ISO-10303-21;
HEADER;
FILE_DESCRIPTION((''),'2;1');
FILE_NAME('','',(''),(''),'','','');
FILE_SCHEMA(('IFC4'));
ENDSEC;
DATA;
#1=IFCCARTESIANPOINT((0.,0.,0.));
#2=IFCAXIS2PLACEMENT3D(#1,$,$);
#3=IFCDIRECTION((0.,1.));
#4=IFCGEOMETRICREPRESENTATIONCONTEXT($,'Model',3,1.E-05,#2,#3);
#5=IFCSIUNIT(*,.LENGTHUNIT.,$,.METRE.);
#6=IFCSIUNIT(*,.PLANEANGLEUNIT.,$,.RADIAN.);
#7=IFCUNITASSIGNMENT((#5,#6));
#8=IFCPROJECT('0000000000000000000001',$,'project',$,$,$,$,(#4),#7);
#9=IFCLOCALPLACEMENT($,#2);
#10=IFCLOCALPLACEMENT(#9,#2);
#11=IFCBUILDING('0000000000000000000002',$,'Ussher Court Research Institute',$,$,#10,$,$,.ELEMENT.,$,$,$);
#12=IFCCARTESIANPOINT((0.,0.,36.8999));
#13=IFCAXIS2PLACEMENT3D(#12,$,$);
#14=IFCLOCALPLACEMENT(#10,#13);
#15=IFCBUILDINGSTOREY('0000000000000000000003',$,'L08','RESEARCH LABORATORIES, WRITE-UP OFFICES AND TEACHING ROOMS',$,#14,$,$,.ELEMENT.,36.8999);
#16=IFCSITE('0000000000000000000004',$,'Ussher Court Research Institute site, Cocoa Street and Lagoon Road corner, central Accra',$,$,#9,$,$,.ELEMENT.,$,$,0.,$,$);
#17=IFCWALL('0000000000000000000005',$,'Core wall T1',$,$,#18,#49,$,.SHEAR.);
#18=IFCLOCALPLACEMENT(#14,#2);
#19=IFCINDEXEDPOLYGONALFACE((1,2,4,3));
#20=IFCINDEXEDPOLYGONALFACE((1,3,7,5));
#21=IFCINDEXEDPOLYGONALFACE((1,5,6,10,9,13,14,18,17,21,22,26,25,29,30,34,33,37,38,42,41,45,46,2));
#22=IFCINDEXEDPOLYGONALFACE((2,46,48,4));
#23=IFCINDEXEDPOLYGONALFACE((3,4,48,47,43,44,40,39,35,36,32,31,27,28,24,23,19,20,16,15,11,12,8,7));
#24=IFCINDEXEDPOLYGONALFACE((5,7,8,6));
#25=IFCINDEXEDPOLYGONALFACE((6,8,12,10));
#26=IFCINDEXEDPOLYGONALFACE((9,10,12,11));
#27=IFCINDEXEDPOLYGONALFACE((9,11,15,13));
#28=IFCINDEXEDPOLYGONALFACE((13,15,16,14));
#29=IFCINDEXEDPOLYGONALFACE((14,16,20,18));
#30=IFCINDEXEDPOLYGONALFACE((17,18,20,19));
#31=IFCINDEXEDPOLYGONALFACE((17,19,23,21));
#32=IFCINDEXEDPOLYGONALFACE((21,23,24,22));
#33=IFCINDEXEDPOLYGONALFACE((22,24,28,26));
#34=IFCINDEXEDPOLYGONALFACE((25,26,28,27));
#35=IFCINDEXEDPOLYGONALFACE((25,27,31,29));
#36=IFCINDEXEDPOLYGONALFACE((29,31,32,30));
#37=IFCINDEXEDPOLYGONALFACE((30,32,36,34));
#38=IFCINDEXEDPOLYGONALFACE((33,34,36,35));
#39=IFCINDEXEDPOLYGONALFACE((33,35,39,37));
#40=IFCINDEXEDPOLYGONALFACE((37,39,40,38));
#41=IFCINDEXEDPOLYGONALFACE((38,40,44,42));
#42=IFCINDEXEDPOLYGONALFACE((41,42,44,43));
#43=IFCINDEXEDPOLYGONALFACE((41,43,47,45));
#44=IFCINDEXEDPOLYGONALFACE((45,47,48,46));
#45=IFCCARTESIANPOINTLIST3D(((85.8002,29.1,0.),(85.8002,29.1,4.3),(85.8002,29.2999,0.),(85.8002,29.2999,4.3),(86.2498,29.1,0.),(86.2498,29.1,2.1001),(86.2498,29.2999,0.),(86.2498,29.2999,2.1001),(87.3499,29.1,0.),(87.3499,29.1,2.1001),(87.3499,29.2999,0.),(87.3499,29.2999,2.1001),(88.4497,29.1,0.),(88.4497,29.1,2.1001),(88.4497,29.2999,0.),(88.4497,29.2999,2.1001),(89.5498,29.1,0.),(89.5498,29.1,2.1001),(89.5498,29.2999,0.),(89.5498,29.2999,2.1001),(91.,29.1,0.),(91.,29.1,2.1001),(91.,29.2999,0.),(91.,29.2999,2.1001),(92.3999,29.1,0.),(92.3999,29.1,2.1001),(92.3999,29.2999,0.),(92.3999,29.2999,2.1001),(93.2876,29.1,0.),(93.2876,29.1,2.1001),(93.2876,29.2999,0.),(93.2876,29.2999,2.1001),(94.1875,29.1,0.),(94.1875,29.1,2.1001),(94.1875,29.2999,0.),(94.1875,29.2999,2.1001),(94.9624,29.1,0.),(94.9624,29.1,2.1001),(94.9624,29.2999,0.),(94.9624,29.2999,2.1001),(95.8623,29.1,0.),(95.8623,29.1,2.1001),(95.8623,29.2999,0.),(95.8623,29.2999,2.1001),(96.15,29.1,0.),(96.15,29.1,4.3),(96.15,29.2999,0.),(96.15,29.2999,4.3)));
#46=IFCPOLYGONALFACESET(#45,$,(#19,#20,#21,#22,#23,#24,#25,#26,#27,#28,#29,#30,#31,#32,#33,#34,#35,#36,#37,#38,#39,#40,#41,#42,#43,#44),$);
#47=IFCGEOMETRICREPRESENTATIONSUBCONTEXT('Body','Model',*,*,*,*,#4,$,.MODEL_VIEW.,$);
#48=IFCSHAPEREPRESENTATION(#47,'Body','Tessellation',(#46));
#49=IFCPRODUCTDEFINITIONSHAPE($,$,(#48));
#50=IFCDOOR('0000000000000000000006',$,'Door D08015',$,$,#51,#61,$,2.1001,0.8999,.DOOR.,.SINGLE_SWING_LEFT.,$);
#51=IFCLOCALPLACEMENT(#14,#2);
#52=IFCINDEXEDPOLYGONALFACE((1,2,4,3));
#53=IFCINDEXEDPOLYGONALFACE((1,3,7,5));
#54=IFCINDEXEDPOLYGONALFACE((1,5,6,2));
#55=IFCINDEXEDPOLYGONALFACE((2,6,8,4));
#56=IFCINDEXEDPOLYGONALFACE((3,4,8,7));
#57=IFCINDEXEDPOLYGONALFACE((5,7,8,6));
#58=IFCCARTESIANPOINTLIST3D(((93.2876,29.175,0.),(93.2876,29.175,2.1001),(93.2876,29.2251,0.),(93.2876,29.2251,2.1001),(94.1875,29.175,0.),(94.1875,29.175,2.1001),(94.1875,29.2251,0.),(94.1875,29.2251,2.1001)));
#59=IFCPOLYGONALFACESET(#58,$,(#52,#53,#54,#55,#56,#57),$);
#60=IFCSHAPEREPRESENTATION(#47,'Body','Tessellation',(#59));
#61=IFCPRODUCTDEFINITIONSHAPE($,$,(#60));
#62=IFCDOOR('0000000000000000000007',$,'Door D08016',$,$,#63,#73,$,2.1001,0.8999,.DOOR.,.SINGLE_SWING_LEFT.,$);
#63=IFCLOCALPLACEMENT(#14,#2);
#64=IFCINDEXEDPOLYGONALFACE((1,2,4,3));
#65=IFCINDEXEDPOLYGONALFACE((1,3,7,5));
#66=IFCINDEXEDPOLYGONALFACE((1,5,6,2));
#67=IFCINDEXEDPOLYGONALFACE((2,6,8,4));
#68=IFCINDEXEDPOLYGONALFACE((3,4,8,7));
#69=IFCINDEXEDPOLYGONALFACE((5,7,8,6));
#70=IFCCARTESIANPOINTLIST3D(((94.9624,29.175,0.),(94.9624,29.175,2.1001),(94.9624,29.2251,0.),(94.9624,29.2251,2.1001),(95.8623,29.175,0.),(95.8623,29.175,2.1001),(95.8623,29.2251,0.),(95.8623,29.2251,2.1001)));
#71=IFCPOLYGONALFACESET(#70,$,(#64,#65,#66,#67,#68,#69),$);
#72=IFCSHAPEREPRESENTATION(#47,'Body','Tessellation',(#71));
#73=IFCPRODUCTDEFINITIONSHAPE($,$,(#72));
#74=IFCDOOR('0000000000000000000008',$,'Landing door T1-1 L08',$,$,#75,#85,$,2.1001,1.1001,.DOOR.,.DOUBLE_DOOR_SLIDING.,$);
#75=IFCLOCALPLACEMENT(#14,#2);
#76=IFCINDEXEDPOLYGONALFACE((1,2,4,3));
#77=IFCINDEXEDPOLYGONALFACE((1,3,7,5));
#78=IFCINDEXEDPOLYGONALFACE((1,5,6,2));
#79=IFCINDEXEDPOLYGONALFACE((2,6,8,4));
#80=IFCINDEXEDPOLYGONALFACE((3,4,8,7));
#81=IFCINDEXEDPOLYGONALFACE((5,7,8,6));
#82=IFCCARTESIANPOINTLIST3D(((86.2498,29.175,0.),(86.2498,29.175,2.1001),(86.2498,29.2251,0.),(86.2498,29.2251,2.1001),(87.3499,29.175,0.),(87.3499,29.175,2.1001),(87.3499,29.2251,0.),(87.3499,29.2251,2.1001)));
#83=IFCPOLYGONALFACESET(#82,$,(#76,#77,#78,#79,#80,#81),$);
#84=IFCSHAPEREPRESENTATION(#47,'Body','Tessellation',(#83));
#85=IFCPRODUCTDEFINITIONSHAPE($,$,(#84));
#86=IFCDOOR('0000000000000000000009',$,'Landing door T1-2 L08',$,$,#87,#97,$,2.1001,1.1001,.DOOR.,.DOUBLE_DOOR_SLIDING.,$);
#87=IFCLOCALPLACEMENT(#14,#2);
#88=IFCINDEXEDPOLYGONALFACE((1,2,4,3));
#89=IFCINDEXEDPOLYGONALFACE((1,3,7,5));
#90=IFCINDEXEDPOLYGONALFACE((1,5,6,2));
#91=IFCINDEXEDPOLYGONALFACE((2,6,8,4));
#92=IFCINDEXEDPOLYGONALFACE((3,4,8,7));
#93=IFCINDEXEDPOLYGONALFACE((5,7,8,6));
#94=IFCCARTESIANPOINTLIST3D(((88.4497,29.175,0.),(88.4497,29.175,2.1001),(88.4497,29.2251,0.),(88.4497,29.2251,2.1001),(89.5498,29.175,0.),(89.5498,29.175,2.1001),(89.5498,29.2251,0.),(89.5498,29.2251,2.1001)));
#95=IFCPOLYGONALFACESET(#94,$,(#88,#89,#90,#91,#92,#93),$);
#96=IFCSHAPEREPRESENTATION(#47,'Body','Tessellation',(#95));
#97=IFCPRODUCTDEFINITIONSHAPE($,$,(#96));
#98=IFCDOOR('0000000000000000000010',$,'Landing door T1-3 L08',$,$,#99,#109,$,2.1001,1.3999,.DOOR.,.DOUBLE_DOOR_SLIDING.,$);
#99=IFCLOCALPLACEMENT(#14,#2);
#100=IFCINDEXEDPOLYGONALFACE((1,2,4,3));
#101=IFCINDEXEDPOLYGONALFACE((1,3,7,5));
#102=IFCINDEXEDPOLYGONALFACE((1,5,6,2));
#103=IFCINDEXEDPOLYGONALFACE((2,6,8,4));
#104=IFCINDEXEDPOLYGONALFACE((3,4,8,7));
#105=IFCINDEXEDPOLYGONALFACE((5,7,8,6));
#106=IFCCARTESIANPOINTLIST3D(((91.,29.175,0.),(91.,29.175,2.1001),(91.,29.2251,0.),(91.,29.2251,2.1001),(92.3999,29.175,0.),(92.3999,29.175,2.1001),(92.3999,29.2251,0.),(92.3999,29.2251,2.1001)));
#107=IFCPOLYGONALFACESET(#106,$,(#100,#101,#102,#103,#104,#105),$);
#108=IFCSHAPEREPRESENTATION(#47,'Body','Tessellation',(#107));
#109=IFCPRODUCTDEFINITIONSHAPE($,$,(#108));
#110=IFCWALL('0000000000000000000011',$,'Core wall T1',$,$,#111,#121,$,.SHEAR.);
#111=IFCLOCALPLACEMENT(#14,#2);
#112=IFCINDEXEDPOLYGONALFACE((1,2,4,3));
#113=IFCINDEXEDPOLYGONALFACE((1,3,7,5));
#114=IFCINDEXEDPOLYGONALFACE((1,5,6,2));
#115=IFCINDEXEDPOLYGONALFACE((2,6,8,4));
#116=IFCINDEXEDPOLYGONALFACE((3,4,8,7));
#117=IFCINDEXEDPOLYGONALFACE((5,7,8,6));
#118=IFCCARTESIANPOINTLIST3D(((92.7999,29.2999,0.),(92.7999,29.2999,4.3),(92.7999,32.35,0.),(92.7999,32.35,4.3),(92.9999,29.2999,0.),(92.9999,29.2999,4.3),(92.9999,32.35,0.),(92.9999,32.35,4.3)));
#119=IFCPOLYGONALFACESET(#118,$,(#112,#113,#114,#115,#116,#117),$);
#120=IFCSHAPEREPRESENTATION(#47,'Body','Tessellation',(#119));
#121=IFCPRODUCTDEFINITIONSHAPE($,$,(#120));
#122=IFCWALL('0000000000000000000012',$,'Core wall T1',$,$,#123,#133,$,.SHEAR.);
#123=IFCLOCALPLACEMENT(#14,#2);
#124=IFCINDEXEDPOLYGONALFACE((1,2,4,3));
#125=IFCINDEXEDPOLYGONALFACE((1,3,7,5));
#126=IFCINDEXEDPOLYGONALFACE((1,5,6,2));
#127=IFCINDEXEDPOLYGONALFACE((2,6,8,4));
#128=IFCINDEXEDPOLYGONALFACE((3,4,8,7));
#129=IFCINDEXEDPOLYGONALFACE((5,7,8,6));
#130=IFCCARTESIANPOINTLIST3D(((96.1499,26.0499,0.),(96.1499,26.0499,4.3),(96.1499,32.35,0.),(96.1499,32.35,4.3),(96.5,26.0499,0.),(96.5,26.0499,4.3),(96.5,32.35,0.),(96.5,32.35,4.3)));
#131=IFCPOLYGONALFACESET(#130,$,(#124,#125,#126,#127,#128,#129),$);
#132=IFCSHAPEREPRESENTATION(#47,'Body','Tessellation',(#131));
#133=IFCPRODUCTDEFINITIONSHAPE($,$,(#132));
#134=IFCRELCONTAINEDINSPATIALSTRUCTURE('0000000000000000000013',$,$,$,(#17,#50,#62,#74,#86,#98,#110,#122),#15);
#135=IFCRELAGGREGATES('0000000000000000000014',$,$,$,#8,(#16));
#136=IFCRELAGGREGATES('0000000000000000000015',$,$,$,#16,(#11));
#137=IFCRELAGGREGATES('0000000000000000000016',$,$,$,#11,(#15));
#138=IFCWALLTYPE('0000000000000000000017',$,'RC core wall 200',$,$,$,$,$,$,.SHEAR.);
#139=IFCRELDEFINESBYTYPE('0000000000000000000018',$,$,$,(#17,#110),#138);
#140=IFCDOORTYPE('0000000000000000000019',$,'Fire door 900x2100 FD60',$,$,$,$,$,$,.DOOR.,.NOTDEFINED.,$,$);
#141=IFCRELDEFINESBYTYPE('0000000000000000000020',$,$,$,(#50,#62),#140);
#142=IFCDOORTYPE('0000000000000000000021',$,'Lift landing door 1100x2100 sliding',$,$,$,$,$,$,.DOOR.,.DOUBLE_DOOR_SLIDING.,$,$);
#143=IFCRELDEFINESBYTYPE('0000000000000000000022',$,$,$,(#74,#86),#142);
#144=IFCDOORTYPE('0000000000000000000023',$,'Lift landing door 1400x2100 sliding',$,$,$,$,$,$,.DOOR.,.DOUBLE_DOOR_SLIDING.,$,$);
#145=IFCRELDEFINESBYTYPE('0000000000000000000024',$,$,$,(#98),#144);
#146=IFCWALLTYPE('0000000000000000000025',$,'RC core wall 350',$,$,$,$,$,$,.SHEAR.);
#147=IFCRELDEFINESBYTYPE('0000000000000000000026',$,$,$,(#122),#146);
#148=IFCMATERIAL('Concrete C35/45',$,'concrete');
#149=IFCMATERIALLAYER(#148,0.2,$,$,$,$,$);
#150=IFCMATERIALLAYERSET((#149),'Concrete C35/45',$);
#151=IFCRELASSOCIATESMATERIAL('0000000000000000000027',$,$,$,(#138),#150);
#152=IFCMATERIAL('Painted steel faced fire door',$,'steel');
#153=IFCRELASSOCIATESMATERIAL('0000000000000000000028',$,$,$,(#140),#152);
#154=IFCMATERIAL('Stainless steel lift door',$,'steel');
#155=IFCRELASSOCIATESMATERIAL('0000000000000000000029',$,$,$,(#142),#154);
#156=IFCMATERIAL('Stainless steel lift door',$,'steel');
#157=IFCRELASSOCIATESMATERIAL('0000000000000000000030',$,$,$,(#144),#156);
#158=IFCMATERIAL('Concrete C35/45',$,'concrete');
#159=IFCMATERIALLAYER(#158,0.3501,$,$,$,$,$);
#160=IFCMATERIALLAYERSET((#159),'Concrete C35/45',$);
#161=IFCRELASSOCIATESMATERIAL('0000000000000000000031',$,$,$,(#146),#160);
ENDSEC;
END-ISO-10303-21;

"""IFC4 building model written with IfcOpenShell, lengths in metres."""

from ifc_helpers import new_model, si_unit, direction, frame, frame_2d, origin, place, context, subcontext, project, spatial, rectangle, extrude, material, layer, layer_set, type_object, element, fill, save


model = new_model("IFC4")

# Units and contexts
model_context = context("Model", 3, precision=1e-05, world=origin(), true_north=direction((0.0, 1.0)))
body_context = subcontext(model_context, "Body", "Model", "MODEL_VIEW")
ifc_project = project(units=[si_unit("LENGTHUNIT", "METRE"), si_unit("PLANEANGLEUNIT", "RADIAN")], contexts=[model_context])

# Site, building, storey
site_placement = place(None, origin())
site = spatial("IfcSite", under=ifc_project, at=site_placement, Name="Ussher Court Research Institute site, Cocoa Street and Lagoon Road corner, central Accra", CompositionType="ELEMENT", RefElevation=0.0)
building_placement = place(site_placement, origin())
building = spatial("IfcBuilding", under=site, at=building_placement, Name="Ussher Court Research Institute", CompositionType="ELEMENT")
storey_placement = place(building_placement, frame((0.0, 0.0, 36.8999)))
storey = spatial("IfcBuildingStorey", under=building, at=storey_placement, Name="L08", Description="RESEARCH LABORATORIES, WRITE-UP OFFICES AND TEACHING ROOMS", CompositionType="ELEMENT", Elevation=36.8999)

# Shared definitions
ifc_material_1 = material(Name="Concrete C35/45", Category="concrete")
ifc_layer_1 = layer(ifc_material_1, 0.2)
ifc_layer_set_1 = layer_set([ifc_layer_1], Name="Concrete C35/45")
wall_type_1 = type_object("IfcWallType", Name="RC core wall 200", PredefinedType="SHEAR", material=ifc_layer_set_1)

# Wall, openings, doors
wall_1_placement = place(storey_placement, frame((96.1499, 29.2, 0.0), z_axis=(0.0, 0.0, 1.0), x_axis=(-1.0, 0.0, 0.0)))
wall_1 = element("IfcWall", 1, at=wall_1_placement, inside=storey, type_object=wall_type_1, Name="Core wall T1", PredefinedType="SHEAR", context=body_context, shape_type="SweptSolid", body=[
    extrude(rectangle(XDim=10.3499, YDim=0.2, at=frame_2d((5.1748, 0.0))), origin(), (0.0, 0.0, 1.0), 4.3),
])
opening_1_placement = place(wall_1_placement, frame((8.8, 0.0, 0.0)))
opening_1 = element("IfcOpeningElement", 2, at=opening_1_placement, cuts=wall_1, PredefinedType="OPENING", context=body_context, shape_type="SweptSolid", body=[
    extrude(rectangle(XDim=1.1001, YDim=2.1001, at=frame_2d((0.55, 1.05))), frame((0.0, 0.1099, 0.0), z_axis=(0.0, -1.0, 0.0), x_axis=(1.0, 0.0, 0.0)), (0.0, 0.0, 1.0), 0.22),
])
opening_2_placement = place(wall_1_placement, frame((6.6001, 0.0, 0.0)))
opening_2 = element("IfcOpeningElement", 3, at=opening_2_placement, cuts=wall_1, PredefinedType="OPENING", context=body_context, shape_type="SweptSolid", body=[
    extrude(rectangle(XDim=1.1001, YDim=2.1001, at=frame_2d((0.55, 1.05))), frame((0.0, 0.1099, 0.0), z_axis=(0.0, -1.0, 0.0), x_axis=(1.0, 0.0, 0.0)), (0.0, 0.0, 1.0), 0.22),
])
opening_3_placement = place(wall_1_placement, frame((3.75, 0.0, 0.0)))
opening_3 = element("IfcOpeningElement", 4, at=opening_3_placement, cuts=wall_1, PredefinedType="OPENING", context=body_context, shape_type="SweptSolid", body=[
    extrude(rectangle(XDim=1.3999, YDim=2.1001, at=frame_2d((0.7, 1.05))), frame((0.0, 0.1099, 0.0), z_axis=(0.0, -1.0, 0.0), x_axis=(1.0, 0.0, 0.0)), (0.0, 0.0, 1.0), 0.22),
])
opening_4_placement = place(wall_1_placement, frame((1.9624, 0.0, 0.0)))
opening_4 = element("IfcOpeningElement", 5, at=opening_4_placement, cuts=wall_1, PredefinedType="OPENING", context=body_context, shape_type="SweptSolid", body=[
    extrude(rectangle(XDim=0.8999, YDim=2.1001, at=frame_2d((0.45, 1.05))), frame((0.0, 0.1099, 0.0), z_axis=(0.0, -1.0, 0.0), x_axis=(1.0, 0.0, 0.0)), (0.0, 0.0, 1.0), 0.22),
])
opening_5_placement = place(wall_1_placement, frame((0.2876, 0.0, 0.0)))
opening_5 = element("IfcOpeningElement", 6, at=opening_5_placement, cuts=wall_1, PredefinedType="OPENING", context=body_context, shape_type="SweptSolid", body=[
    extrude(rectangle(XDim=0.8999, YDim=2.1001, at=frame_2d((0.45, 1.05))), frame((0.0, 0.1099, 0.0), z_axis=(0.0, -1.0, 0.0), x_axis=(1.0, 0.0, 0.0)), (0.0, 0.0, 1.0), 0.22),
])
ifc_material_2 = material(Name="Painted steel faced fire door", Category="steel")
door_type_1 = type_object("IfcDoorType", Name="Fire door 900x2100 FD60", OperationType="NOTDEFINED", PredefinedType="DOOR", material=ifc_material_2)
door_1_placement = place(opening_4_placement, origin())
door_1 = element("IfcDoor", 7, at=door_1_placement, inside=storey, type_object=door_type_1, Name="Door D08015", OperationType="SINGLE_SWING_LEFT", OverallHeight=2.1001, OverallWidth=0.8999, PredefinedType="DOOR", context=body_context, shape_type="SweptSolid", body=[
    extrude(rectangle(XDim=0.8999, YDim=2.1001, at=frame_2d((0.45, 1.05))), frame((0.0, 0.0249, 0.0), z_axis=(0.0, -1.0, 0.0), x_axis=(1.0, 0.0, 0.0)), (0.0, 0.0, 1.0), 0.05),
])
fill(opening_4, door_1)
door_2_placement = place(opening_5_placement, origin())
door_2 = element("IfcDoor", 8, at=door_2_placement, inside=storey, type_object=door_type_1, Name="Door D08016", OperationType="SINGLE_SWING_LEFT", OverallHeight=2.1001, OverallWidth=0.8999, PredefinedType="DOOR", context=body_context, shape_type="SweptSolid", body=[
    extrude(rectangle(XDim=0.8999, YDim=2.1001, at=frame_2d((0.45, 1.05))), frame((0.0, 0.0249, 0.0), z_axis=(0.0, -1.0, 0.0), x_axis=(1.0, 0.0, 0.0)), (0.0, 0.0, 1.0), 0.05),
])
fill(opening_5, door_2)
ifc_material_3 = material(Name="Stainless steel lift door", Category="steel")
door_type_2 = type_object("IfcDoorType", Name="Lift landing door 1100x2100 sliding", OperationType="DOUBLE_DOOR_SLIDING", PredefinedType="DOOR", material=ifc_material_3)
door_3_placement = place(opening_1_placement, origin())
door_3 = element("IfcDoor", 9, at=door_3_placement, inside=storey, type_object=door_type_2, Name="Landing door T1-1 L08", OperationType="DOUBLE_DOOR_SLIDING", OverallHeight=2.1001, OverallWidth=1.1001, PredefinedType="DOOR", context=body_context, shape_type="SweptSolid", body=[
    extrude(rectangle(XDim=1.1001, YDim=2.1001, at=frame_2d((0.55, 1.05))), frame((0.0, 0.0249, 0.0), z_axis=(0.0, -1.0, 0.0), x_axis=(1.0, 0.0, 0.0)), (0.0, 0.0, 1.0), 0.05),
])
fill(opening_1, door_3)
door_4_placement = place(opening_2_placement, origin())
door_4 = element("IfcDoor", 10, at=door_4_placement, inside=storey, type_object=door_type_2, Name="Landing door T1-2 L08", OperationType="DOUBLE_DOOR_SLIDING", OverallHeight=2.1001, OverallWidth=1.1001, PredefinedType="DOOR", context=body_context, shape_type="SweptSolid", body=[
    extrude(rectangle(XDim=1.1001, YDim=2.1001, at=frame_2d((0.55, 1.05))), frame((0.0, 0.0249, 0.0), z_axis=(0.0, -1.0, 0.0), x_axis=(1.0, 0.0, 0.0)), (0.0, 0.0, 1.0), 0.05),
])
fill(opening_2, door_4)
ifc_material_4 = material(Name="Stainless steel lift door", Category="steel")
door_type_3 = type_object("IfcDoorType", Name="Lift landing door 1400x2100 sliding", OperationType="DOUBLE_DOOR_SLIDING", PredefinedType="DOOR", material=ifc_material_4)
door_5_placement = place(opening_3_placement, origin())
door_5 = element("IfcDoor", 11, at=door_5_placement, inside=storey, type_object=door_type_3, Name="Landing door T1-3 L08", OperationType="DOUBLE_DOOR_SLIDING", OverallHeight=2.1001, OverallWidth=1.3999, PredefinedType="DOOR", context=body_context, shape_type="SweptSolid", body=[
    extrude(rectangle(XDim=1.3999, YDim=2.1001, at=frame_2d((0.7, 1.05))), frame((0.0, 0.0249, 0.0), z_axis=(0.0, -1.0, 0.0), x_axis=(1.0, 0.0, 0.0)), (0.0, 0.0, 1.0), 0.05),
])
fill(opening_3, door_5)

# Walls
wall_2_placement = place(storey_placement, frame((92.8999, 29.3, 0.0), z_axis=(0.0, 0.0, 1.0), x_axis=(0.0, 1.0, 0.0)))
element("IfcWall", 12, at=wall_2_placement, inside=storey, type_object=wall_type_1, Name="Core wall T1", PredefinedType="SHEAR", context=body_context, shape_type="SweptSolid", body=[
    extrude(rectangle(XDim=3.05, YDim=0.2, at=frame_2d((1.5249, 0.0))), origin(), (0.0, 0.0, 1.0), 4.3),
])
ifc_material_5 = material(Name="Concrete C35/45", Category="concrete")
ifc_layer_2 = layer(ifc_material_5, 0.3501)
ifc_layer_set_2 = layer_set([ifc_layer_2], Name="Concrete C35/45")
wall_type_2 = type_object("IfcWallType", Name="RC core wall 350", PredefinedType="SHEAR", material=ifc_layer_set_2)
wall_3_placement = place(storey_placement, frame((96.325, 26.05, 0.0), z_axis=(0.0, 0.0, 1.0), x_axis=(0.0, 1.0, 0.0)))
element("IfcWall", 13, at=wall_3_placement, inside=storey, type_object=wall_type_2, Name="Core wall T1", PredefinedType="SHEAR", context=body_context, shape_type="SweptSolid", body=[
    extrude(rectangle(XDim=6.3, YDim=0.3501, at=frame_2d((3.1499, 0.0))), origin(), (0.0, 0.0, 1.0), 4.3),
])

save(model, "model.ifc")
